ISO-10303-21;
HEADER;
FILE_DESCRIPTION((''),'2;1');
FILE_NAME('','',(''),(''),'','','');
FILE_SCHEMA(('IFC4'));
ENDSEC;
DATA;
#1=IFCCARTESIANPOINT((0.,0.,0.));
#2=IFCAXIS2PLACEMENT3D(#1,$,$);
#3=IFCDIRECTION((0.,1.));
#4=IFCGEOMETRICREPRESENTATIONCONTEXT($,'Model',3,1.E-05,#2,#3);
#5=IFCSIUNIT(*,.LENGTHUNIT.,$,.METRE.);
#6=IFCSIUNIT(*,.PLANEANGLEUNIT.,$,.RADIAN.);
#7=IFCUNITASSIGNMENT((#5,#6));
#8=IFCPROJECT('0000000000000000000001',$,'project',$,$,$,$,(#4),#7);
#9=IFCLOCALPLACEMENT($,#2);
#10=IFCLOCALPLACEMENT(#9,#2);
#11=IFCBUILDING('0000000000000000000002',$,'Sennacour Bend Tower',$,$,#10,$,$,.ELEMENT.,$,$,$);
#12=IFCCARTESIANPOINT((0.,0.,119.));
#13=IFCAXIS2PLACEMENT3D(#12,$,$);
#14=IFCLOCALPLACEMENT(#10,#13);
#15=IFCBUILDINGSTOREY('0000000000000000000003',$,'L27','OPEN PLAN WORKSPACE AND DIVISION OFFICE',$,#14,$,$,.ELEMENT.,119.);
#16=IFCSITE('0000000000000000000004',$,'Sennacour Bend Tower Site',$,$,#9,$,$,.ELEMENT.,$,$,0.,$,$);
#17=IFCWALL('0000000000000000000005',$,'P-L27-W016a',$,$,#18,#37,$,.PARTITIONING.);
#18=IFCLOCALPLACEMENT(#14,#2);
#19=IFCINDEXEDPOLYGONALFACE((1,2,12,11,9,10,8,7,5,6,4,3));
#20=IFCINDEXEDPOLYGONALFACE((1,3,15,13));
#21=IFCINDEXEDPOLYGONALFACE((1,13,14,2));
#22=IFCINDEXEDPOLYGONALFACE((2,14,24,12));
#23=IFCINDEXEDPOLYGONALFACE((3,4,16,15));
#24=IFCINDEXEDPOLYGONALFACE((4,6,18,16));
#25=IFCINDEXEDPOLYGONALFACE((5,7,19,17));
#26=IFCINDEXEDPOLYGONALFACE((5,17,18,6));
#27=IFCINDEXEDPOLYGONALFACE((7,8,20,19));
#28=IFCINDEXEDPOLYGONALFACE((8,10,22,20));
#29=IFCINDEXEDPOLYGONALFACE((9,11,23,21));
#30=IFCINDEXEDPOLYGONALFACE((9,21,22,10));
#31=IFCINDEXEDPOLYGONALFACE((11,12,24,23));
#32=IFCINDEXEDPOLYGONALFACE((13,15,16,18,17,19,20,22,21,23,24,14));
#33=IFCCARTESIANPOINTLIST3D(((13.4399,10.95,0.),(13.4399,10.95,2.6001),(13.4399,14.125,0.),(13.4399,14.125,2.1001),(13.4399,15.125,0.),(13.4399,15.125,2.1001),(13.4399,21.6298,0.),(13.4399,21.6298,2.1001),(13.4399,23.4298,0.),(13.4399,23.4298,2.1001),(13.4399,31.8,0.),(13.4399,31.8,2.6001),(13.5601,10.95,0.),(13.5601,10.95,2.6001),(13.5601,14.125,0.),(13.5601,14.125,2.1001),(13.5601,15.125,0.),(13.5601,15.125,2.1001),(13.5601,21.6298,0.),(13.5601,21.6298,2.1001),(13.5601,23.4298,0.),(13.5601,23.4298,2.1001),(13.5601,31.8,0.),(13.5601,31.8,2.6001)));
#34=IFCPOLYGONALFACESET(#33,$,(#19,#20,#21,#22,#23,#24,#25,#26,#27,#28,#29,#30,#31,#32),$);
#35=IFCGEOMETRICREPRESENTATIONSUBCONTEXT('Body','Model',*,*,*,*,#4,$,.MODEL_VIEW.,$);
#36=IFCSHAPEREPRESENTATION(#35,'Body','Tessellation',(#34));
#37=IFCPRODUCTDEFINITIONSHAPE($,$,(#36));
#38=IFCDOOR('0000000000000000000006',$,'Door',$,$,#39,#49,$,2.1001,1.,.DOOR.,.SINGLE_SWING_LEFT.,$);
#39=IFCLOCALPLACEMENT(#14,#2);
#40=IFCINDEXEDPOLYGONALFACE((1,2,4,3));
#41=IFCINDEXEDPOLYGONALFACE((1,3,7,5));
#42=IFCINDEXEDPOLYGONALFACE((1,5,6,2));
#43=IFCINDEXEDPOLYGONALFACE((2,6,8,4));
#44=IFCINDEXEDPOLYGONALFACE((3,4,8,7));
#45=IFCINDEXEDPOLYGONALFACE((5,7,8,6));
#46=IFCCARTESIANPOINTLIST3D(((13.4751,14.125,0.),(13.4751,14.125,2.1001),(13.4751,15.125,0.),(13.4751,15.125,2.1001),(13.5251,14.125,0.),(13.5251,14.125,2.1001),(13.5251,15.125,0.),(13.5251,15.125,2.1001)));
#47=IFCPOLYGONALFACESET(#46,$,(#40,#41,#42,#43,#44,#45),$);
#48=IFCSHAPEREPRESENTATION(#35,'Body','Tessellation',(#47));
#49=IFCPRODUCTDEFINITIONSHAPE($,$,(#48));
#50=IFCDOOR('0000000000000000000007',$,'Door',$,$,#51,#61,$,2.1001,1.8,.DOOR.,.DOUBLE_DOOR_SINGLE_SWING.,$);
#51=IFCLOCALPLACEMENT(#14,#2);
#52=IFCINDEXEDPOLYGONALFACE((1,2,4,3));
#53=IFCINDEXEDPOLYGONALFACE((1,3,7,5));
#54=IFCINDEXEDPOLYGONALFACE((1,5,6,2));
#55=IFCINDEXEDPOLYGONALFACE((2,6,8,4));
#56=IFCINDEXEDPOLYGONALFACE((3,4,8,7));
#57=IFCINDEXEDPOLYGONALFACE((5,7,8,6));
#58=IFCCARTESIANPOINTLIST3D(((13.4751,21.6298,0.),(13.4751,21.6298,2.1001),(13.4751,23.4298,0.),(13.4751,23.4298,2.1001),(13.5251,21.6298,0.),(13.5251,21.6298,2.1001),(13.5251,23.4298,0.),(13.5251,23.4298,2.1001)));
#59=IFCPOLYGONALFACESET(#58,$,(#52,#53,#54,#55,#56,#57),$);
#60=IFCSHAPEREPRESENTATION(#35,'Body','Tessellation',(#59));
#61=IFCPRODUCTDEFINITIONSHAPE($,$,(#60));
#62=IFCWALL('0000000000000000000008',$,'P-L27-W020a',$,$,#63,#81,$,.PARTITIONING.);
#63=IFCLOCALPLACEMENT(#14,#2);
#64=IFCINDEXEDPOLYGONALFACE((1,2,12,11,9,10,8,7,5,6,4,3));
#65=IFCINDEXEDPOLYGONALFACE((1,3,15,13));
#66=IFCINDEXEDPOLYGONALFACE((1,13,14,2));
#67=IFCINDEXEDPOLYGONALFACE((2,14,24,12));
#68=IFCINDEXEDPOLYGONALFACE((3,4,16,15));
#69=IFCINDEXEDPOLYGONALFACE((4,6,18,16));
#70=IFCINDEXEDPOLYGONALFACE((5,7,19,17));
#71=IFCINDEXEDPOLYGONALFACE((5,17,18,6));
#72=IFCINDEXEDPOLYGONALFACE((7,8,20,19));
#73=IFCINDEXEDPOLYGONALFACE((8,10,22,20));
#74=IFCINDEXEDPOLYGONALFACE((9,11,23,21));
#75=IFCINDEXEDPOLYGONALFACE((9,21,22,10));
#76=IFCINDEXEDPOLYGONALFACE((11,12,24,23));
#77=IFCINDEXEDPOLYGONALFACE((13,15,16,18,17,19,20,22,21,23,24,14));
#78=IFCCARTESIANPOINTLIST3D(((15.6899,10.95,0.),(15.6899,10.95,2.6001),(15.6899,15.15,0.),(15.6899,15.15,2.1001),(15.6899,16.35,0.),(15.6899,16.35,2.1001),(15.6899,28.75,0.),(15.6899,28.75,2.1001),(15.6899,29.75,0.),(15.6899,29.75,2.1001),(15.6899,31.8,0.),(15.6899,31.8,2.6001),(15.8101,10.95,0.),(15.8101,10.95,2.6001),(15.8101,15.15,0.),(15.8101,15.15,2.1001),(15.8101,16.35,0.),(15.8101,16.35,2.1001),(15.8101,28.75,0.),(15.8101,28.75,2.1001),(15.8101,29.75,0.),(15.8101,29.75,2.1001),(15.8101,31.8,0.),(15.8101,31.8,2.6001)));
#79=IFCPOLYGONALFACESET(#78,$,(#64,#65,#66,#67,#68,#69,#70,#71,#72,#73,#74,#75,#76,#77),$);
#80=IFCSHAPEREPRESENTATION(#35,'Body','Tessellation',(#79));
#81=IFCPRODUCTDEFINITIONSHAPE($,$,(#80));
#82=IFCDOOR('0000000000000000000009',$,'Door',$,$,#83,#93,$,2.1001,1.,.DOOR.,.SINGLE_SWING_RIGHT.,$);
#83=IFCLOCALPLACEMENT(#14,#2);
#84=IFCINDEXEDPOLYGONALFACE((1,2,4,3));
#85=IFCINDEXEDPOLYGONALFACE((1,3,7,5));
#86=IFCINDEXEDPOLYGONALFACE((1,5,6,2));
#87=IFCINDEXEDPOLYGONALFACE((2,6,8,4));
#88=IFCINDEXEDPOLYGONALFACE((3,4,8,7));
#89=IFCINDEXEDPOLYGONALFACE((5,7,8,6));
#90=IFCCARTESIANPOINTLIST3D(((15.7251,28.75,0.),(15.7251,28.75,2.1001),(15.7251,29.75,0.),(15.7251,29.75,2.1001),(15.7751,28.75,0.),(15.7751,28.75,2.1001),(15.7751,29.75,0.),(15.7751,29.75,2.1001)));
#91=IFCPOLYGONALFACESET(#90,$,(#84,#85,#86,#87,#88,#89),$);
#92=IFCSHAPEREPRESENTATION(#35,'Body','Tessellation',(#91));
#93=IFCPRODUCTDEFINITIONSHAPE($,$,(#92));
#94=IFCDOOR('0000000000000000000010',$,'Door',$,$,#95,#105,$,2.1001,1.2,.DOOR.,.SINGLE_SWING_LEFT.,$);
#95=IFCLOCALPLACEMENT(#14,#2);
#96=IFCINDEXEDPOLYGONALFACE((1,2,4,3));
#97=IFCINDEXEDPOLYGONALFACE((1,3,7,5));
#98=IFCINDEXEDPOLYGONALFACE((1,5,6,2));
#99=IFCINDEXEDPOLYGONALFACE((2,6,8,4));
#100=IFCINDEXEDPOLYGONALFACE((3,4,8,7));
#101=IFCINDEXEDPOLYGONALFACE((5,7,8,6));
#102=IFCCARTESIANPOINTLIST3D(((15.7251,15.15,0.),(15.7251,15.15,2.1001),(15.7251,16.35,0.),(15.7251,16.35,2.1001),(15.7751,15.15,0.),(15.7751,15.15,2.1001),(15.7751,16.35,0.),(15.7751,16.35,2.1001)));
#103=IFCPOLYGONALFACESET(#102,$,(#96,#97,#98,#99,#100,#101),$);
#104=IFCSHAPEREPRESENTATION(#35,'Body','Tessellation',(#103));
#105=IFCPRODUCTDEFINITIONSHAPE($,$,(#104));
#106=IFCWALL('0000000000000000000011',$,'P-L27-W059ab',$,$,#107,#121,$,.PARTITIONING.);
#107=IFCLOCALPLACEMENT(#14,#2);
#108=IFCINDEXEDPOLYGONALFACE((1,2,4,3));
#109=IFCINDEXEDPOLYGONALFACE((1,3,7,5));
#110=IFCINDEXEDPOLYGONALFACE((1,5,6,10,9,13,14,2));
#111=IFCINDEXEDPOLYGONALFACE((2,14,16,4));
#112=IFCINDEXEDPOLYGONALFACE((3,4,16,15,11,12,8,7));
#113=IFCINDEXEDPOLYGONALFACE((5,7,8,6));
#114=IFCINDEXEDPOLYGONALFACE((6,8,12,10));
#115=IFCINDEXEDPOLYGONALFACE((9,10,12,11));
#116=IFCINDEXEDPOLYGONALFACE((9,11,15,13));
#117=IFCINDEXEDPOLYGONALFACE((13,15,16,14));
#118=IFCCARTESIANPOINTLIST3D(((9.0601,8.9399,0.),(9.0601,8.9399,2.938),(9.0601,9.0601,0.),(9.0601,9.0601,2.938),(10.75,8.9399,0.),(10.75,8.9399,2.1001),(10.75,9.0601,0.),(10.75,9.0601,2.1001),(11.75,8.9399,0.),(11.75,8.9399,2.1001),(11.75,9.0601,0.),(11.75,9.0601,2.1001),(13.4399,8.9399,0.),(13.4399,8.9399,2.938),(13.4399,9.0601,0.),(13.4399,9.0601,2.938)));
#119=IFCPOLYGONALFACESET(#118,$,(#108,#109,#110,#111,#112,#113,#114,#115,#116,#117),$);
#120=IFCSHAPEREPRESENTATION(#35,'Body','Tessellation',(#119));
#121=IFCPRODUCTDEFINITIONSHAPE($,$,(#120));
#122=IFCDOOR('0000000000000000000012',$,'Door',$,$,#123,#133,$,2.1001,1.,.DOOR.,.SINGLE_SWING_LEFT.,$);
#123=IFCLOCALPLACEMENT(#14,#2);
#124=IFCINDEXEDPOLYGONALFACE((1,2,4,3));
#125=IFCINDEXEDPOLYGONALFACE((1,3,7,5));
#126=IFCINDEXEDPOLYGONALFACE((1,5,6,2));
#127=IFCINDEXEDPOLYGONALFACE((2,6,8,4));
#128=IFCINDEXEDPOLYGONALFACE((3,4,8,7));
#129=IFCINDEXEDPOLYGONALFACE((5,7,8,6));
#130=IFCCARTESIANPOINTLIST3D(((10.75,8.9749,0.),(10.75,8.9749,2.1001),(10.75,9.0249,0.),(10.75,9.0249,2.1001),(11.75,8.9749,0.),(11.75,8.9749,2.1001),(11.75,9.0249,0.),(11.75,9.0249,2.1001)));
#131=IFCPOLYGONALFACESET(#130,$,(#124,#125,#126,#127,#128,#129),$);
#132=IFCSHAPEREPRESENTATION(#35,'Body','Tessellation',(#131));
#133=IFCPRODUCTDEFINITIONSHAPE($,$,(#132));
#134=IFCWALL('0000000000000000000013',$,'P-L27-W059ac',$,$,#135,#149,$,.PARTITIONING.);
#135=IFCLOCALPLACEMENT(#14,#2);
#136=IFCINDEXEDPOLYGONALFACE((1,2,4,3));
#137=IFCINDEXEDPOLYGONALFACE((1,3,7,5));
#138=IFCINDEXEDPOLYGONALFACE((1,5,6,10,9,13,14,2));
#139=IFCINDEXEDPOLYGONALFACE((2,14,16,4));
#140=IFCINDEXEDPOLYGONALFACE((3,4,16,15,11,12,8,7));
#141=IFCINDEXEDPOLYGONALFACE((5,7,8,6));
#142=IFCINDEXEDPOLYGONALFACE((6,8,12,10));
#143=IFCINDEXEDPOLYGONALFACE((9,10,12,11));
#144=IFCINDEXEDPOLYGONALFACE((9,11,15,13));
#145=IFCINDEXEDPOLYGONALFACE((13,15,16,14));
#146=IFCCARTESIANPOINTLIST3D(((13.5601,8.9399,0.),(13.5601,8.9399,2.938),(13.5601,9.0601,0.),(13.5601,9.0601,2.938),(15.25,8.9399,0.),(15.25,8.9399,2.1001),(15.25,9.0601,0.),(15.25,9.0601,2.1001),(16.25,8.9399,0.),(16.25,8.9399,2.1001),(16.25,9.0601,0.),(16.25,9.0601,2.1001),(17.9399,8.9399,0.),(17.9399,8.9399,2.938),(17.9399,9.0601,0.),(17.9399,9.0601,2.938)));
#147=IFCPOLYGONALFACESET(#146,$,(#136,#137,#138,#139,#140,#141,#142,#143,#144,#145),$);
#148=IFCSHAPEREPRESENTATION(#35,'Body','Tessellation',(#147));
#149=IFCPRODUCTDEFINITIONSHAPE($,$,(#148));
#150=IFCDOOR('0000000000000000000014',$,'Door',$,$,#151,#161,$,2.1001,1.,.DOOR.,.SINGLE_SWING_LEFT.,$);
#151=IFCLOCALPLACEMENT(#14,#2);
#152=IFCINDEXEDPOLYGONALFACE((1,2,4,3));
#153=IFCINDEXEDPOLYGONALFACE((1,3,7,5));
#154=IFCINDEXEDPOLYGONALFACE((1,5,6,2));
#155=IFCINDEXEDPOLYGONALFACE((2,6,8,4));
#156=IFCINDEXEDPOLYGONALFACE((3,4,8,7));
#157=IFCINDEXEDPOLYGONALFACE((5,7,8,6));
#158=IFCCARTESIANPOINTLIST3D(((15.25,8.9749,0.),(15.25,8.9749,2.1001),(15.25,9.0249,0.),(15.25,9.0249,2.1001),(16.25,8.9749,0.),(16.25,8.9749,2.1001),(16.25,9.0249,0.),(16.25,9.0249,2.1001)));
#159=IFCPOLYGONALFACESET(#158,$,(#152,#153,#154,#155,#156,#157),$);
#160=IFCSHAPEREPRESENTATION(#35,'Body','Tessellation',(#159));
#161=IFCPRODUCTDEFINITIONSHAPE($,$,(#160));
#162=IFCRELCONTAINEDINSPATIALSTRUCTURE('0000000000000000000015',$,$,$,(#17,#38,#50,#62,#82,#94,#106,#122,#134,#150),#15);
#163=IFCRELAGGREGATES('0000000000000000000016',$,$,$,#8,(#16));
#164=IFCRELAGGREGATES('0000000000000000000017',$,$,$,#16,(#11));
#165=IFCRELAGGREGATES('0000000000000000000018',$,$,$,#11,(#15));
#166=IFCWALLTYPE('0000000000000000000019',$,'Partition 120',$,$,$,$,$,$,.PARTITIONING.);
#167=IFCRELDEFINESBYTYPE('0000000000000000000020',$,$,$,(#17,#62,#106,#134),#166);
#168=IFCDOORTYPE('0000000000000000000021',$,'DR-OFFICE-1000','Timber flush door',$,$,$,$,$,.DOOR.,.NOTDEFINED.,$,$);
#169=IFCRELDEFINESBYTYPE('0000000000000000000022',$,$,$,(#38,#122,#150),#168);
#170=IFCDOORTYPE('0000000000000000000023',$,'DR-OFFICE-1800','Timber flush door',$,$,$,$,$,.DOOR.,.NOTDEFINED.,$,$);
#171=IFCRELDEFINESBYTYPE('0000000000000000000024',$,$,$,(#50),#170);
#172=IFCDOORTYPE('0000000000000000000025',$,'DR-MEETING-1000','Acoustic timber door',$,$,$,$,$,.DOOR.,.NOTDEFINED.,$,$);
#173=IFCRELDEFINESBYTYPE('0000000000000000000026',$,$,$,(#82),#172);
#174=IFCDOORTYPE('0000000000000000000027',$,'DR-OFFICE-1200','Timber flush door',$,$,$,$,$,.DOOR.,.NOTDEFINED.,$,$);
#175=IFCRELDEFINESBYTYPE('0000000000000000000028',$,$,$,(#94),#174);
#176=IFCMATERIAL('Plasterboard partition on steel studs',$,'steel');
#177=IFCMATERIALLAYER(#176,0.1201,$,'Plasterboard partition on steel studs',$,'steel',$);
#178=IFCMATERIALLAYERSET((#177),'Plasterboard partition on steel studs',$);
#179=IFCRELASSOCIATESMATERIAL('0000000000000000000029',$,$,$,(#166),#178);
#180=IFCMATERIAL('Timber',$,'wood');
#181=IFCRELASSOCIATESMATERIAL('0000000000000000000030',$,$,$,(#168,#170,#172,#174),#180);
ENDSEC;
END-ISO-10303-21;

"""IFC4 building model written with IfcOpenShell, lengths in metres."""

from ifc_helpers import new_model, si_unit, direction, frame, frame_2d, origin, place, context, subcontext, project, spatial, rectangle, extrude, material, layer, layer_set, type_object, element, fill, save


model = new_model("IFC4")

# Units and contexts
model_context = context("Model", 3, precision=1e-05, world=origin(), true_north=direction((0.0, 1.0)))
body_context = subcontext(model_context, "Body", "Model", "MODEL_VIEW")
ifc_project = project(units=[si_unit("LENGTHUNIT", "METRE"), si_unit("PLANEANGLEUNIT", "RADIAN")], contexts=[model_context])

# Site, building, storey
site_placement = place(None, origin())
site = spatial("IfcSite", under=ifc_project, at=site_placement, Name="Sennacour Bend Tower Site", CompositionType="ELEMENT", RefElevation=0.0)
building_placement = place(site_placement, origin())
building = spatial("IfcBuilding", under=site, at=building_placement, Name="Sennacour Bend Tower", CompositionType="ELEMENT")
storey_placement = place(building_placement, frame((0.0, 0.0, 119.0)))
storey = spatial("IfcBuildingStorey", under=building, at=storey_placement, Name="L27", Description="OPEN PLAN WORKSPACE AND DIVISION OFFICE", CompositionType="ELEMENT", Elevation=119.0)

# Walls, openings, doors
ifc_material_1 = material(Name="Plasterboard partition on steel studs", Category="steel")
ifc_layer_1 = layer(ifc_material_1, 0.1201, Name="Plasterboard partition on steel studs", Category="steel")
ifc_layer_set_1 = layer_set([ifc_layer_1], Name="Plasterboard partition on steel studs")
wall_type_1 = type_object("IfcWallType", Name="Partition 120", PredefinedType="PARTITIONING", material=ifc_layer_set_1)
wall_1_placement = place(storey_placement, frame((13.5, 10.95, 0.0), z_axis=(0.0, 0.0, 1.0), x_axis=(0.0, 1.0, 0.0)))
wall_1 = element("IfcWall", 1, at=wall_1_placement, inside=storey, type_object=wall_type_1, Name="P-L27-W016a", PredefinedType="PARTITIONING", context=body_context, shape_type="SweptSolid", body=[
    extrude(rectangle(XDim=20.8501, YDim=0.1201, at=frame_2d((10.425, 0.0))), origin(), (0.0, 0.0, 1.0), 2.6001),
])
opening_1_placement = place(wall_1_placement, frame((3.175, 0.0, 0.0)))
opening_1 = element("IfcOpeningElement", 2, at=opening_1_placement, cuts=wall_1, PredefinedType="OPENING", context=body_context, shape_type="SweptSolid", body=[
    extrude(rectangle(XDim=1.0, YDim=2.1001, at=frame_2d((0.5, 1.05))), frame((0.0, 0.0701, 0.0), z_axis=(0.0, -1.0, 0.0), x_axis=(1.0, 0.0, 0.0)), (0.0, 0.0, 1.0), 0.1401),
])
opening_2_placement = place(wall_1_placement, frame((10.6799, 0.0, 0.0)))
opening_2 = element("IfcOpeningElement", 3, at=opening_2_placement, cuts=wall_1, PredefinedType="OPENING", context=body_context, shape_type="SweptSolid", body=[
    extrude(rectangle(XDim=1.8, YDim=2.1001, at=frame_2d((0.8999, 1.05))), frame((0.0, 0.0701, 0.0), z_axis=(0.0, -1.0, 0.0), x_axis=(1.0, 0.0, 0.0)), (0.0, 0.0, 1.0), 0.1401),
])
ifc_material_2 = material(Name="Timber", Category="wood")
door_type_1 = type_object("IfcDoorType", Name="DR-OFFICE-1000", Description="Timber flush door", OperationType="NOTDEFINED", PredefinedType="DOOR", material=ifc_material_2)
door_1_placement = place(opening_1_placement, origin())
door_1 = element("IfcDoor", 4, at=door_1_placement, inside=storey, type_object=door_type_1, Name="Door", OperationType="SINGLE_SWING_LEFT", OverallHeight=2.1001, OverallWidth=1.0, PredefinedType="DOOR", context=body_context, shape_type="SweptSolid", body=[
    extrude(rectangle(XDim=1.0, YDim=2.1001, at=frame_2d((0.5, 1.05))), frame((0.0, 0.0249, 0.0), z_axis=(0.0, -1.0, 0.0), x_axis=(1.0, 0.0, 0.0)), (0.0, 0.0, 1.0), 0.05),
])
fill(opening_1, door_1)
door_type_2 = type_object("IfcDoorType", Name="DR-OFFICE-1800", Description="Timber flush door", OperationType="NOTDEFINED", PredefinedType="DOOR", material=ifc_material_2)
door_2_placement = place(opening_2_placement, origin())
door_2 = element("IfcDoor", 5, at=door_2_placement, inside=storey, type_object=door_type_2, Name="Door", OperationType="DOUBLE_DOOR_SINGLE_SWING", OverallHeight=2.1001, OverallWidth=1.8, PredefinedType="DOOR", context=body_context, shape_type="SweptSolid", body=[
    extrude(rectangle(XDim=1.8, YDim=2.1001, at=frame_2d((0.8999, 1.05))), frame((0.0, 0.0249, 0.0), z_axis=(0.0, -1.0, 0.0), x_axis=(1.0, 0.0, 0.0)), (0.0, 0.0, 1.0), 0.05),
])
fill(opening_2, door_2)
wall_2_placement = place(storey_placement, frame((15.75, 10.95, 0.0), z_axis=(0.0, 0.0, 1.0), x_axis=(0.0, 1.0, 0.0)))
wall_2 = element("IfcWall", 6, at=wall_2_placement, inside=storey, type_object=wall_type_1, Name="P-L27-W020a", PredefinedType="PARTITIONING", context=body_context, shape_type="SweptSolid", body=[
    extrude(rectangle(XDim=20.8501, YDim=0.1201, at=frame_2d((10.425, 0.0))), origin(), (0.0, 0.0, 1.0), 2.6001),
])
opening_3_placement = place(wall_2_placement, frame((17.8, 0.0, 0.0)))
opening_3 = element("IfcOpeningElement", 7, at=opening_3_placement, cuts=wall_2, PredefinedType="OPENING", context=body_context, shape_type="SweptSolid", body=[
    extrude(rectangle(XDim=1.0, YDim=2.1001, at=frame_2d((0.5, 1.05))), frame((0.0, 0.0701, 0.0), z_axis=(0.0, -1.0, 0.0), x_axis=(1.0, 0.0, 0.0)), (0.0, 0.0, 1.0), 0.1401),
])
opening_4_placement = place(wall_2_placement, frame((4.2, 0.0, 0.0)))
opening_4 = element("IfcOpeningElement", 8, at=opening_4_placement, cuts=wall_2, PredefinedType="OPENING", context=body_context, shape_type="SweptSolid", body=[
    extrude(rectangle(XDim=1.2, YDim=2.1001, at=frame_2d((0.6001, 1.05))), frame((0.0, 0.0701, 0.0), z_axis=(0.0, -1.0, 0.0), x_axis=(1.0, 0.0, 0.0)), (0.0, 0.0, 1.0), 0.1401),
])
door_type_3 = type_object("IfcDoorType", Name="DR-MEETING-1000", Description="Acoustic timber door", OperationType="NOTDEFINED", PredefinedType="DOOR", material=ifc_material_2)
door_3_placement = place(opening_3_placement, origin())
door_3 = element("IfcDoor", 9, at=door_3_placement, inside=storey, type_object=door_type_3, Name="Door", OperationType="SINGLE_SWING_RIGHT", OverallHeight=2.1001, OverallWidth=1.0, PredefinedType="DOOR", context=body_context, shape_type="SweptSolid", body=[
    extrude(rectangle(XDim=1.0, YDim=2.1001, at=frame_2d((0.5, 1.05))), frame((0.0, 0.0249, 0.0), z_axis=(0.0, -1.0, 0.0), x_axis=(1.0, 0.0, 0.0)), (0.0, 0.0, 1.0), 0.05),
])
fill(opening_3, door_3)
door_type_4 = type_object("IfcDoorType", Name="DR-OFFICE-1200", Description="Timber flush door", OperationType="NOTDEFINED", PredefinedType="DOOR", material=ifc_material_2)
door_4_placement = place(opening_4_placement, origin())
door_4 = element("IfcDoor", 10, at=door_4_placement, inside=storey, type_object=door_type_4, Name="Door", OperationType="SINGLE_SWING_LEFT", OverallHeight=2.1001, OverallWidth=1.2, PredefinedType="DOOR", context=body_context, shape_type="SweptSolid", body=[
    extrude(rectangle(XDim=1.2, YDim=2.1001, at=frame_2d((0.6001, 1.05))), frame((0.0, 0.0249, 0.0), z_axis=(0.0, -1.0, 0.0), x_axis=(1.0, 0.0, 0.0)), (0.0, 0.0, 1.0), 0.05),
])
fill(opening_4, door_4)

# Walls, openings, doors
wall_3_placement = place(storey_placement, frame((9.0601, 9.0, 0.0), z_axis=(0.0, 0.0, 1.0), x_axis=(1.0, 0.0, 0.0)))
wall_3 = element("IfcWall", 11, at=wall_3_placement, inside=storey, type_object=wall_type_1, Name="P-L27-W059ab", PredefinedType="PARTITIONING", context=body_context, shape_type="SweptSolid", body=[
    extrude(rectangle(XDim=4.3799, YDim=0.1201, at=frame_2d((2.1899, 0.0))), origin(), (0.0, 0.0, 1.0), 2.938),
])
opening_5_placement = place(wall_3_placement, frame((1.6899, 0.0, 0.0)))
opening_5 = element("IfcOpeningElement", 12, at=opening_5_placement, cuts=wall_3, PredefinedType="OPENING", context=body_context, shape_type="SweptSolid", body=[
    extrude(rectangle(XDim=1.0, YDim=2.1001, at=frame_2d((0.5, 1.05))), frame((0.0, 0.0701, 0.0), z_axis=(0.0, -1.0, 0.0), x_axis=(1.0, 0.0, 0.0)), (0.0, 0.0, 1.0), 0.1401),
])
door_5_placement = place(opening_5_placement, origin())
door_5 = element("IfcDoor", 13, at=door_5_placement, inside=storey, type_object=door_type_1, Name="Door", OperationType="SINGLE_SWING_LEFT", OverallHeight=2.1001, OverallWidth=1.0, PredefinedType="DOOR", context=body_context, shape_type="SweptSolid", body=[
    extrude(rectangle(XDim=1.0, YDim=2.1001, at=frame_2d((0.5, 1.05))), frame((0.0, 0.0249, 0.0), z_axis=(0.0, -1.0, 0.0), x_axis=(1.0, 0.0, 0.0)), (0.0, 0.0, 1.0), 0.05),
])
fill(opening_5, door_5)
wall_4_placement = place(storey_placement, frame((13.5601, 9.0, 0.0), z_axis=(0.0, 0.0, 1.0), x_axis=(1.0, 0.0, 0.0)))
wall_4 = element("IfcWall", 14, at=wall_4_placement, inside=storey, type_object=wall_type_1, Name="P-L27-W059ac", PredefinedType="PARTITIONING", context=body_context, shape_type="SweptSolid", body=[
    extrude(rectangle(XDim=4.3799, YDim=0.1201, at=frame_2d((2.1899, 0.0))), origin(), (0.0, 0.0, 1.0), 2.938),
])
opening_6_placement = place(wall_4_placement, frame((1.6899, 0.0, 0.0)))
opening_6 = element("IfcOpeningElement", 15, at=opening_6_placement, cuts=wall_4, PredefinedType="OPENING", context=body_context, shape_type="SweptSolid", body=[
    extrude(rectangle(XDim=1.0, YDim=2.1001, at=frame_2d((0.5, 1.05))), frame((0.0, 0.0701, 0.0), z_axis=(0.0, -1.0, 0.0), x_axis=(1.0, 0.0, 0.0)), (0.0, 0.0, 1.0), 0.1401),
])
door_6_placement = place(opening_6_placement, origin())
door_6 = element("IfcDoor", 16, at=door_6_placement, inside=storey, type_object=door_type_1, Name="Door", OperationType="SINGLE_SWING_LEFT", OverallHeight=2.1001, OverallWidth=1.0, PredefinedType="DOOR", context=body_context, shape_type="SweptSolid", body=[
    extrude(rectangle(XDim=1.0, YDim=2.1001, at=frame_2d((0.5, 1.05))), frame((0.0, 0.0249, 0.0), z_axis=(0.0, -1.0, 0.0), x_axis=(1.0, 0.0, 0.0)), (0.0, 0.0, 1.0), 0.05),
])
fill(opening_6, door_6)

save(model, "model.ifc")
